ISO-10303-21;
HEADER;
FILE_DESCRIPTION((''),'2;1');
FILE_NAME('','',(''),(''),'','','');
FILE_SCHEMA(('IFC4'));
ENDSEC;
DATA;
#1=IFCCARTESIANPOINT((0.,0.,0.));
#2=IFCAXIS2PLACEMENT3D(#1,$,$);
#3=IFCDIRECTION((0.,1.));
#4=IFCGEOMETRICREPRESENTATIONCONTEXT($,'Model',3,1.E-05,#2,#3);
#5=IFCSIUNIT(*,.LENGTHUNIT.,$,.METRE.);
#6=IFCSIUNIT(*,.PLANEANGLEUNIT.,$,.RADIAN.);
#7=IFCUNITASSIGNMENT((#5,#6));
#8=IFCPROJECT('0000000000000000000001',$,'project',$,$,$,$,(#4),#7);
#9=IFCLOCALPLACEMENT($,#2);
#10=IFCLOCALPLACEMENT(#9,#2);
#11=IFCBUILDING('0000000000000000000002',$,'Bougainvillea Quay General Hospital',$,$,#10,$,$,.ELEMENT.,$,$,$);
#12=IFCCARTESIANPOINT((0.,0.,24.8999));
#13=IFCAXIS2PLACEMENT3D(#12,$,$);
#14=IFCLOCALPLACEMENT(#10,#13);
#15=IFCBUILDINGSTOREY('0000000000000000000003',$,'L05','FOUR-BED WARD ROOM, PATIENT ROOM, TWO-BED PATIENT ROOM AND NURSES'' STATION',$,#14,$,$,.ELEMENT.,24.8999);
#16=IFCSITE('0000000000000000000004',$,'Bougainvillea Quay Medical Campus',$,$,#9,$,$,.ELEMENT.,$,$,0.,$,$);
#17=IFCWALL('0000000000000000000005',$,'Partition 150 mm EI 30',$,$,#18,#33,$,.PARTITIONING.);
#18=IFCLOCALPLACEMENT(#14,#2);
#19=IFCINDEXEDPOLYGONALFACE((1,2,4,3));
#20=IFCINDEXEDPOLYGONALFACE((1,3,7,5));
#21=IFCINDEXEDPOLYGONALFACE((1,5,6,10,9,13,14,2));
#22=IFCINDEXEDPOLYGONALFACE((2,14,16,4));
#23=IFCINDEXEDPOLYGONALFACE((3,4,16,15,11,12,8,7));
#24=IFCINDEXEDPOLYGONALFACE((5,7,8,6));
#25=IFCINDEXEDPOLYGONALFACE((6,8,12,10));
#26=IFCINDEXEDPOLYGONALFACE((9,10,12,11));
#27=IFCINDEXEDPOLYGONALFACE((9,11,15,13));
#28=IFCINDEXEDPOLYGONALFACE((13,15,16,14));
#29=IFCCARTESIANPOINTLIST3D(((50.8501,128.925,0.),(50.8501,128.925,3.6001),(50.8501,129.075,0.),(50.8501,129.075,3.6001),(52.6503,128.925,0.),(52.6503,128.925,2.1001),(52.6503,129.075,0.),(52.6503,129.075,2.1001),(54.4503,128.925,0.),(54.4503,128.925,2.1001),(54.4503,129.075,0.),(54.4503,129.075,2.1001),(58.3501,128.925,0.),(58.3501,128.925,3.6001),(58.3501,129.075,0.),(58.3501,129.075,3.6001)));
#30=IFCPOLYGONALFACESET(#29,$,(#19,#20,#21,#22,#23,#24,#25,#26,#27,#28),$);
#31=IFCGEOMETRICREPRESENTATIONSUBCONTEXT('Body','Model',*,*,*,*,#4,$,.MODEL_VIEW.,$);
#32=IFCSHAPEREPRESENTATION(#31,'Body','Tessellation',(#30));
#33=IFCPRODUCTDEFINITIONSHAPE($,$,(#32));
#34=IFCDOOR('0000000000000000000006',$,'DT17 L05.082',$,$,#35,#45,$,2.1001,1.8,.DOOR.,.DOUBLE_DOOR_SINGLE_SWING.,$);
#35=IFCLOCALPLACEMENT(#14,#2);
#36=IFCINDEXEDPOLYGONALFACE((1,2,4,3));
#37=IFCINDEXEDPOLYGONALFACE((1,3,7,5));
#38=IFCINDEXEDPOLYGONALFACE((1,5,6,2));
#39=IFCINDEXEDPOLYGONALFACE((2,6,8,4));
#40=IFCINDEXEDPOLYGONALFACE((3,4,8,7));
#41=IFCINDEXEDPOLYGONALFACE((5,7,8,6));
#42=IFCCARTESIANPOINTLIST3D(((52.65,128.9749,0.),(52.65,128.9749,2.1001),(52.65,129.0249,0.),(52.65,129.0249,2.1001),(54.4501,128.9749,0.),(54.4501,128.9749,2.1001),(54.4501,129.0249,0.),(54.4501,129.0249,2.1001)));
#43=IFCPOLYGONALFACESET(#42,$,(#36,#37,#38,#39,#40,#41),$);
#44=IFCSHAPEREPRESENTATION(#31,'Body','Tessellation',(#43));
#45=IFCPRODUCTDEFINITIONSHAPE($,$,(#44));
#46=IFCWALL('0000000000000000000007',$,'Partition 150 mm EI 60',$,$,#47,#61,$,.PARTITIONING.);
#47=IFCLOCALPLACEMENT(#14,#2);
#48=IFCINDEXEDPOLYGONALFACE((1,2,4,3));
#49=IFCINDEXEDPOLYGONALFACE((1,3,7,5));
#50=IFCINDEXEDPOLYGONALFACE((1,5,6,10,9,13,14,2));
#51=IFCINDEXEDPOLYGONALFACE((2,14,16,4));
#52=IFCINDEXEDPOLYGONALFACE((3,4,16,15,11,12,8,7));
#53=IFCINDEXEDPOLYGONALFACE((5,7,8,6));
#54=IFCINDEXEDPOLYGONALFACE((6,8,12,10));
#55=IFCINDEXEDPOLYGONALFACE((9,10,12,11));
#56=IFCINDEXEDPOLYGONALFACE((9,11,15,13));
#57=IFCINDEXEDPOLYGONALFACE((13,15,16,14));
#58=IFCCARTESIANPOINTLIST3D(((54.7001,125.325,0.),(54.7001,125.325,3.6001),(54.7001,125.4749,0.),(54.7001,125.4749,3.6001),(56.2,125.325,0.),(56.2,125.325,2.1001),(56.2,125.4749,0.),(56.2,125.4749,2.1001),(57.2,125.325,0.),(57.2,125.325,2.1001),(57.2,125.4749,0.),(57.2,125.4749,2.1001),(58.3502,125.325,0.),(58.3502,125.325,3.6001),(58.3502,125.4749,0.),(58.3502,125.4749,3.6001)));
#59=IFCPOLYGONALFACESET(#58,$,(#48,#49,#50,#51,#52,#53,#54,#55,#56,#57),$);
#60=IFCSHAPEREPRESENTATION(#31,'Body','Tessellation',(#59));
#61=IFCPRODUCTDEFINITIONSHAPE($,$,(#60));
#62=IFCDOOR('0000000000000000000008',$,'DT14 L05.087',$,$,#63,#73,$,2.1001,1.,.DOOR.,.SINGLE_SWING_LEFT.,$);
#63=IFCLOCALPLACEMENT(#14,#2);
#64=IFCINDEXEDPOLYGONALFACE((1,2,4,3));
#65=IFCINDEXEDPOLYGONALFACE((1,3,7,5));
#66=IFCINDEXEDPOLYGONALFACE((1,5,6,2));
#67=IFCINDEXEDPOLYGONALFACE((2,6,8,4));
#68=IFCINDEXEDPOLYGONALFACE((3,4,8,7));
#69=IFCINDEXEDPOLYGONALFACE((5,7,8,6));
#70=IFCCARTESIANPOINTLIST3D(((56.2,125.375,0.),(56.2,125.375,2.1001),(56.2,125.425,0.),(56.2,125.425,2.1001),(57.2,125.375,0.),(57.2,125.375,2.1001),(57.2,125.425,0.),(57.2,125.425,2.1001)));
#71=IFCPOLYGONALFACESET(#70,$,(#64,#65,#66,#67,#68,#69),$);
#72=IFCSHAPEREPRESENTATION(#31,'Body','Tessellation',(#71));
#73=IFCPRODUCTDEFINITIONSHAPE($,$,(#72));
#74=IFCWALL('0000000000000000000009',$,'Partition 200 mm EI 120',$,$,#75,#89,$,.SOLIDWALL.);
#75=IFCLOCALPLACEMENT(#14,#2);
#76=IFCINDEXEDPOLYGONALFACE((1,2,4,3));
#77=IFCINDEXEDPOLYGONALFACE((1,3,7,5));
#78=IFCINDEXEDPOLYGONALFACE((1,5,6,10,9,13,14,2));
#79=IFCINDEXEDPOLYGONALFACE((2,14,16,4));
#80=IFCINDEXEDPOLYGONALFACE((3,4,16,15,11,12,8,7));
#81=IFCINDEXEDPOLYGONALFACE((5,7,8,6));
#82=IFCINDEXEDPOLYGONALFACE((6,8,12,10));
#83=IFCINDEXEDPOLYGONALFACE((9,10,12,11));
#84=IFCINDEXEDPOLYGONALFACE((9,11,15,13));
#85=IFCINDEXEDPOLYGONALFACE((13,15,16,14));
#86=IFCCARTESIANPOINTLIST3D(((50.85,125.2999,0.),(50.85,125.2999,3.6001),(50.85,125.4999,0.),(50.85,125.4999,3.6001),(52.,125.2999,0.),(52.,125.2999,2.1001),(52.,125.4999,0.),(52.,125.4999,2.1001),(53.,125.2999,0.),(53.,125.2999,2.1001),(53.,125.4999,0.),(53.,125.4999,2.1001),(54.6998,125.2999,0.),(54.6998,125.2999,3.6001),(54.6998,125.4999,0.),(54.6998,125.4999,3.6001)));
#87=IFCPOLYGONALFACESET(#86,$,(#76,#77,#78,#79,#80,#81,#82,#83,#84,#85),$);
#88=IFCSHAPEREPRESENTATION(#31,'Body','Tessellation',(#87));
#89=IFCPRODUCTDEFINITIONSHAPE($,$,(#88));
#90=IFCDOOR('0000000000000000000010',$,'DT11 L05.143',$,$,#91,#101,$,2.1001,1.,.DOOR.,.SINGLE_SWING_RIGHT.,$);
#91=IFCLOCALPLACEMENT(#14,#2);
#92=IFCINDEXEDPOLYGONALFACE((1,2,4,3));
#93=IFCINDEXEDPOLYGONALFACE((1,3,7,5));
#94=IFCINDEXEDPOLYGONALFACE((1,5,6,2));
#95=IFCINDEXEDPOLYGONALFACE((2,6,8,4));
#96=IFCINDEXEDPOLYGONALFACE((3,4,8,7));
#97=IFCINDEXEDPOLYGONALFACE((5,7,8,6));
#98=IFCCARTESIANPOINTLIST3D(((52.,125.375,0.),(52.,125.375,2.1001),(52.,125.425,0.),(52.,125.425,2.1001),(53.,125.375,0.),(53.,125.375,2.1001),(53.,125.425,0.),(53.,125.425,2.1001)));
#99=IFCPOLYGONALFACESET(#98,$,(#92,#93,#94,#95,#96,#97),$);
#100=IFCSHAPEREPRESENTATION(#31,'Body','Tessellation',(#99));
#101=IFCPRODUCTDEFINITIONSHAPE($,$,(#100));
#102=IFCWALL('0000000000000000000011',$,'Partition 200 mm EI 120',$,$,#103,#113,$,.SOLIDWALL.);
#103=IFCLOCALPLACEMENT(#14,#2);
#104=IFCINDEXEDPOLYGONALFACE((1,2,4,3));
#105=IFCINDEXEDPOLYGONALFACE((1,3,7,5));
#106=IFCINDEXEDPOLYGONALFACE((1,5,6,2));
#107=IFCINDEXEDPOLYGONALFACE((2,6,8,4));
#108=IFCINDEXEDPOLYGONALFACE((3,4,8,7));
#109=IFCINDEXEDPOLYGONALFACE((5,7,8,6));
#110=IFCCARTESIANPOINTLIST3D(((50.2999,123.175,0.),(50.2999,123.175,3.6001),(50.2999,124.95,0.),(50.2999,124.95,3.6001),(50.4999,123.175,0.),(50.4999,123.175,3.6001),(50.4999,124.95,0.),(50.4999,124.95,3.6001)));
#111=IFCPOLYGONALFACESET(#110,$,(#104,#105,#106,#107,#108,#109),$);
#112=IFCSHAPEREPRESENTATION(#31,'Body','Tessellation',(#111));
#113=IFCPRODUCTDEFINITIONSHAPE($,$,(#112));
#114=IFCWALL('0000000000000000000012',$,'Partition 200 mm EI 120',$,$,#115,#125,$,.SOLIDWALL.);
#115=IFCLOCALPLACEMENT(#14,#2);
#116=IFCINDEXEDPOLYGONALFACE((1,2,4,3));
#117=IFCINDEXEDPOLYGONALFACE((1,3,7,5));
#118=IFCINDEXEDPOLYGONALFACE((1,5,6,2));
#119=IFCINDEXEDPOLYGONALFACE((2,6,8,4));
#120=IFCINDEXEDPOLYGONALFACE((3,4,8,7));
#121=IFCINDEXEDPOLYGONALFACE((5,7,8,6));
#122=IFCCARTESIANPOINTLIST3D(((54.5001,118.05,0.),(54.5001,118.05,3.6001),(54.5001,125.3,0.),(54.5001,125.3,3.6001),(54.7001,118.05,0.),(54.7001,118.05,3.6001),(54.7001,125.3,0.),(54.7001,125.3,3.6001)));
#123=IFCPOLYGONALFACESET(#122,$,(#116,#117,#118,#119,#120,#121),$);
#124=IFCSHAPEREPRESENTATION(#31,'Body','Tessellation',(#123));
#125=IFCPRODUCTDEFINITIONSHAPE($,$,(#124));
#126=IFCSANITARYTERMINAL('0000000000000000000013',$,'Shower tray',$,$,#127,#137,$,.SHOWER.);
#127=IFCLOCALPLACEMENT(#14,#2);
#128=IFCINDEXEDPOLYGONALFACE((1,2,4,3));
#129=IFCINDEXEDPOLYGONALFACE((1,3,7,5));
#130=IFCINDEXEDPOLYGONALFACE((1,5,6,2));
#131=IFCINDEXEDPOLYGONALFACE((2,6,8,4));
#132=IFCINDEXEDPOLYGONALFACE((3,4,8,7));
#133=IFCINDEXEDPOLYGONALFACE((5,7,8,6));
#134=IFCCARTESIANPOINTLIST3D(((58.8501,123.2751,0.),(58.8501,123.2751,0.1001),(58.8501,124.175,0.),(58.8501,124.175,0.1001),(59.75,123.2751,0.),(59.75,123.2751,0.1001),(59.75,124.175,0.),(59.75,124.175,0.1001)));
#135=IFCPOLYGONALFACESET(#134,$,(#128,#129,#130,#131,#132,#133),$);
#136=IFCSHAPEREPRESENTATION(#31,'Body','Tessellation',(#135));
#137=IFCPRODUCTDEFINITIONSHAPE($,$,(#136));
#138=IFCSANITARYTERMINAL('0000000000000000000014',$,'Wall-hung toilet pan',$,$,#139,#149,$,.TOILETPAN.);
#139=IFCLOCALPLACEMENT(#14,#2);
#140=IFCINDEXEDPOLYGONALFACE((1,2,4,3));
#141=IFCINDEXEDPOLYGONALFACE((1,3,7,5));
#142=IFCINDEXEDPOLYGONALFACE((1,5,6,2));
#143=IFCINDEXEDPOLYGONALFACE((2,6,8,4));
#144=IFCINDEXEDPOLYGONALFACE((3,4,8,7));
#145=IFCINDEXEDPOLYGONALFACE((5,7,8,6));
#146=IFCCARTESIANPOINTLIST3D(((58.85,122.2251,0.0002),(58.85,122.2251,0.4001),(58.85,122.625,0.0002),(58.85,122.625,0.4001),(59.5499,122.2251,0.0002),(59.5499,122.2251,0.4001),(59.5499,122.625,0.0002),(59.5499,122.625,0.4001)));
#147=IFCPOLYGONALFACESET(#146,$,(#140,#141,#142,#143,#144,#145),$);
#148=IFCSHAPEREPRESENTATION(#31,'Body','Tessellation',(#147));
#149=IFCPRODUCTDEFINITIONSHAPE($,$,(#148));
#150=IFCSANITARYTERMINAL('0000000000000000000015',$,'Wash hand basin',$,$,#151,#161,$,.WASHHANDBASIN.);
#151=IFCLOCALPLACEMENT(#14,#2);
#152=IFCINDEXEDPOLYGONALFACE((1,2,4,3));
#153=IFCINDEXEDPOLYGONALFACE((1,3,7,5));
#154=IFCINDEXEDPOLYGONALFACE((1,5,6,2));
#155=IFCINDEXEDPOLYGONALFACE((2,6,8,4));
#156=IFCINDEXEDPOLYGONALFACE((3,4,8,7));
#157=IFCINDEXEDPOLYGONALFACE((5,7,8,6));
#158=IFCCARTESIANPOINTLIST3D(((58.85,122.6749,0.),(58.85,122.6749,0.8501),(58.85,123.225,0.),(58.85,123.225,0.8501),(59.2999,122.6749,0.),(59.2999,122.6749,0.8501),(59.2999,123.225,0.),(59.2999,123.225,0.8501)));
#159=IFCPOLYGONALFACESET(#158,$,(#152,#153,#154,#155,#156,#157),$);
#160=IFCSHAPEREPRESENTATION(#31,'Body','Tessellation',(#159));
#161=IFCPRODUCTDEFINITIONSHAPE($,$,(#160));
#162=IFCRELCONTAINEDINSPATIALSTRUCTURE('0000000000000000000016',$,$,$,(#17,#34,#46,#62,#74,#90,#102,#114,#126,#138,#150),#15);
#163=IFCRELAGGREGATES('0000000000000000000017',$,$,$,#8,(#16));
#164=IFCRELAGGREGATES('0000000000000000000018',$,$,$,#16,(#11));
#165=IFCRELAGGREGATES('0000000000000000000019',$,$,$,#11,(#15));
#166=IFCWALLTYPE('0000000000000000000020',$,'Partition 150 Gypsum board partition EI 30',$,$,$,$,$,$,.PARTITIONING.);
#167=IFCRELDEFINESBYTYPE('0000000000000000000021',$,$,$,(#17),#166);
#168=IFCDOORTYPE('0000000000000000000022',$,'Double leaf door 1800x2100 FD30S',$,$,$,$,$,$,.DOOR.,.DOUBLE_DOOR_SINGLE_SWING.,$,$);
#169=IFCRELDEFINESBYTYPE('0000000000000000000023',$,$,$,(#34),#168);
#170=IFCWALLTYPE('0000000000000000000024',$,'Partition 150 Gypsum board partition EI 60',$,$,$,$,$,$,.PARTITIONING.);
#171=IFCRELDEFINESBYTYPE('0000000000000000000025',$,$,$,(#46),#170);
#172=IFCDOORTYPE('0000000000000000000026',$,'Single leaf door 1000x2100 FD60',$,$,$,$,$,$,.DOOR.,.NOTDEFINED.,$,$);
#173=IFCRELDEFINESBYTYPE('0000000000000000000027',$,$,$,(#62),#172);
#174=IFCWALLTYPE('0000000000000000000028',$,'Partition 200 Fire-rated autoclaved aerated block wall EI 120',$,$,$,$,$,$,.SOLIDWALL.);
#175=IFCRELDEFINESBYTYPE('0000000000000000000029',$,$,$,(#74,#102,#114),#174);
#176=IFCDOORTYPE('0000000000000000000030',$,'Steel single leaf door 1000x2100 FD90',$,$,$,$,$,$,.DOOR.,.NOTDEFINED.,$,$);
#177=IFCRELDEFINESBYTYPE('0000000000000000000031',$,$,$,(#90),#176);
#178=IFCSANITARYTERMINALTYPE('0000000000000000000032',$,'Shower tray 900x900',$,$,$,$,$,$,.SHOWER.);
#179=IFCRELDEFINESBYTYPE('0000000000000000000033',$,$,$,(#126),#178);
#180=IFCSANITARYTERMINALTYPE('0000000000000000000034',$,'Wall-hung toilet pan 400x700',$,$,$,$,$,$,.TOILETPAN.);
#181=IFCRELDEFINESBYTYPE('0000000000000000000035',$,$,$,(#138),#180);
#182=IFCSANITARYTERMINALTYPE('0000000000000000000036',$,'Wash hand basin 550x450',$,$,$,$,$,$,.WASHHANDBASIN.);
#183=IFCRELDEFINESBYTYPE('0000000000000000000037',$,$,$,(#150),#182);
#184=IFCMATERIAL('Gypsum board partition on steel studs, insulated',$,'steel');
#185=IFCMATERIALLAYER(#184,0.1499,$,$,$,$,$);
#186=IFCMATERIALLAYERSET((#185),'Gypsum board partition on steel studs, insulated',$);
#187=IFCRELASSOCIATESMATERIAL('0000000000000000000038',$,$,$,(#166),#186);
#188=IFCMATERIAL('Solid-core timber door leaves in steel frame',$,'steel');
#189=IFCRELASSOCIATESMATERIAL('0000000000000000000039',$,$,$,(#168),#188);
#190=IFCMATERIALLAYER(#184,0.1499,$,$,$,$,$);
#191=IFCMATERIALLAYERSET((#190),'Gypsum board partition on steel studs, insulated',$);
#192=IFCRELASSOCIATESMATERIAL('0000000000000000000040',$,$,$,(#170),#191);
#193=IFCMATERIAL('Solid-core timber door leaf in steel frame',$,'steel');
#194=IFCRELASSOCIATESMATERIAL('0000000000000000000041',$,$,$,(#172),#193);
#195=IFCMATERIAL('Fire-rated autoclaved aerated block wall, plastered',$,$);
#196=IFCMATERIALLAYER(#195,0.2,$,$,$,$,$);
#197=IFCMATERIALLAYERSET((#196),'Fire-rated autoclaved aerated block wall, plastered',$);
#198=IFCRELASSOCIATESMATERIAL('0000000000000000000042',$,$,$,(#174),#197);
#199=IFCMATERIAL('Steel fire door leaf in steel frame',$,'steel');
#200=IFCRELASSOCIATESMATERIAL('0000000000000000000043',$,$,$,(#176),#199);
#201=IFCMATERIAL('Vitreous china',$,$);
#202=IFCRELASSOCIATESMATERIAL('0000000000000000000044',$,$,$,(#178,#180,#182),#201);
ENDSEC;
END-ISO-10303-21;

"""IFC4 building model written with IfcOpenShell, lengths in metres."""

from ifc_helpers import new_model, si_unit, direction, frame, frame_2d, origin, origin_2d, place, context, subcontext, project, spatial, rectangle, extrude, material, layer, layer_set, type_object, element, fill, save


model = new_model("IFC4")

# Units and contexts
model_context = context("Model", 3, precision=1e-05, world=origin(), true_north=direction((0.0, 1.0)))
body_context = subcontext(model_context, "Body", "Model", "MODEL_VIEW")
ifc_project = project(units=[si_unit("LENGTHUNIT", "METRE"), si_unit("PLANEANGLEUNIT", "RADIAN")], contexts=[model_context])

# Site, building, storey
site_placement = place(None, origin())
site = spatial("IfcSite", under=ifc_project, at=site_placement, Name="Bougainvillea Quay Medical Campus", CompositionType="ELEMENT", RefElevation=0.0)
building_placement = place(site_placement, origin())
building = spatial("IfcBuilding", under=site, at=building_placement, Name="Bougainvillea Quay General Hospital", CompositionType="ELEMENT")
storey_placement = place(building_placement, frame((0.0, 0.0, 24.8999)))
storey = spatial("IfcBuildingStorey", under=building, at=storey_placement, Name="L05", Description="FOUR-BED WARD ROOM, PATIENT ROOM, TWO-BED PATIENT ROOM AND NURSES' STATION", CompositionType="ELEMENT", Elevation=24.8999)

# Shared definitions
ifc_material_1 = material(Name="Gypsum board partition on steel studs, insulated", Category="steel")

# Walls, openings, doors
ifc_layer_1 = layer(ifc_material_1, 0.1499)
ifc_layer_set_1 = layer_set([ifc_layer_1], Name="Gypsum board partition on steel studs, insulated")
wall_type_1 = type_object("IfcWallType", Name="Partition 150 Gypsum board partition EI 30", PredefinedType="PARTITIONING", material=ifc_layer_set_1)
wall_1_placement = place(storey_placement, frame((58.3501, 129.0, 0.0), z_axis=(0.0, 0.0, 1.0), x_axis=(-1.0, 0.0, 0.0)))
wall_1 = element("IfcWall", 1, at=wall_1_placement, inside=storey, type_object=wall_type_1, Name="Partition 150 mm EI 30", PredefinedType="PARTITIONING", context=body_context, shape_type="SweptSolid", body=[
    extrude(rectangle(XDim=7.5, YDim=0.1499, at=frame_2d((3.75, 0.0))), origin(), (0.0, 0.0, 1.0), 3.6001),
])
opening_1_placement = place(wall_1_placement, frame((3.8999, 0.0, 0.0)))
opening_1 = element("IfcOpeningElement", 2, at=opening_1_placement, cuts=wall_1, PredefinedType="OPENING", context=body_context, shape_type="SweptSolid", body=[
    extrude(rectangle(XDim=1.8, YDim=2.1001, at=frame_2d((0.8999, 1.05))), frame((0.0, 0.085, 0.0), z_axis=(0.0, -1.0, 0.0), x_axis=(1.0, 0.0, 0.0)), (0.0, 0.0, 1.0), 0.1699),
])
ifc_material_2 = material(Name="Solid-core timber door leaves in steel frame", Category="steel")
door_type_1 = type_object("IfcDoorType", Name="Double leaf door 1800x2100 FD30S", OperationType="DOUBLE_DOOR_SINGLE_SWING", PredefinedType="DOOR", material=ifc_material_2)
door_1_placement = place(opening_1_placement, frame((1.8, 0.0, 0.0), z_axis=(0.0, 0.0, 1.0), x_axis=(-1.0, 0.0, 0.0)))
door_1 = element("IfcDoor", 3, at=door_1_placement, inside=storey, type_object=door_type_1, Name="DT17 L05.082", OperationType="DOUBLE_DOOR_SINGLE_SWING", OverallHeight=2.1001, OverallWidth=1.8, PredefinedType="DOOR", context=body_context, shape_type="SweptSolid", body=[
    extrude(rectangle(XDim=1.8, YDim=2.1001, at=frame_2d((0.8999, 1.05))), frame((0.0, 0.0249, 0.0), z_axis=(0.0, -1.0, 0.0), x_axis=(1.0, 0.0, 0.0)), (0.0, 0.0, 1.0), 0.05),
])
fill(opening_1, door_1)
ifc_layer_2 = layer(ifc_material_1, 0.1499)
ifc_layer_set_2 = layer_set([ifc_layer_2], Name="Gypsum board partition on steel studs, insulated")
wall_type_2 = type_object("IfcWallType", Name="Partition 150 Gypsum board partition EI 60", PredefinedType="PARTITIONING", material=ifc_layer_set_2)
wall_2_placement = place(storey_placement, frame((54.7, 125.3999, 0.0), z_axis=(0.0, 0.0, 1.0), x_axis=(1.0, 0.0, 0.0)))
wall_2 = element("IfcWall", 4, at=wall_2_placement, inside=storey, type_object=wall_type_2, Name="Partition 150 mm EI 60", PredefinedType="PARTITIONING", context=body_context, shape_type="SweptSolid", body=[
    extrude(rectangle(XDim=3.6501, YDim=0.1499, at=frame_2d((1.8252, 0.0))), origin(), (0.0, 0.0, 1.0), 3.6001),
])
opening_2_placement = place(wall_2_placement, frame((1.5, 0.0, 0.0)))
opening_2 = element("IfcOpeningElement", 5, at=opening_2_placement, cuts=wall_2, PredefinedType="OPENING", context=body_context, shape_type="SweptSolid", body=[
    extrude(rectangle(XDim=1.0, YDim=2.1001, at=frame_2d((0.5, 1.05))), frame((0.0, 0.085, 0.0), z_axis=(0.0, -1.0, 0.0), x_axis=(1.0, 0.0, 0.0)), (0.0, 0.0, 1.0), 0.1699),
])
ifc_material_3 = material(Name="Solid-core timber door leaf in steel frame", Category="steel")
door_type_2 = type_object("IfcDoorType", Name="Single leaf door 1000x2100 FD60", OperationType="NOTDEFINED", PredefinedType="DOOR", material=ifc_material_3)
door_2_placement = place(opening_2_placement, frame((1.0, 0.0, 0.0), z_axis=(0.0, 0.0, 1.0), x_axis=(-1.0, 0.0, 0.0)))
door_2 = element("IfcDoor", 6, at=door_2_placement, inside=storey, type_object=door_type_2, Name="DT14 L05.087", OperationType="SINGLE_SWING_LEFT", OverallHeight=2.1001, OverallWidth=1.0, PredefinedType="DOOR", context=body_context, shape_type="SweptSolid", body=[
    extrude(rectangle(XDim=1.0, YDim=2.1001, at=frame_2d((0.5, 1.05))), frame((0.0, 0.0249, 0.0), z_axis=(0.0, -1.0, 0.0), x_axis=(1.0, 0.0, 0.0)), (0.0, 0.0, 1.0), 0.05),
])
fill(opening_2, door_2)
ifc_material_4 = material(Name="Fire-rated autoclaved aerated block wall, plastered")
ifc_layer_3 = layer(ifc_material_4, 0.2)
ifc_layer_set_3 = layer_set([ifc_layer_3], Name="Fire-rated autoclaved aerated block wall, plastered")
wall_type_3 = type_object("IfcWallType", Name="Partition 200 Fire-rated autoclaved aerated block wall EI 120", PredefinedType="SOLIDWALL", material=ifc_layer_set_3)
wall_3_placement = place(storey_placement, frame((50.8501, 125.3999, 0.0), z_axis=(0.0, 0.0, 1.0), x_axis=(1.0, 0.0, 0.0)))
wall_3 = element("IfcWall", 7, at=wall_3_placement, inside=storey, type_object=wall_type_3, Name="Partition 200 mm EI 120", PredefinedType="SOLIDWALL", context=body_context, shape_type="SweptSolid", body=[
    extrude(rectangle(XDim=3.8499, YDim=0.2, at=frame_2d((1.9248, 0.0))), origin(), (0.0, 0.0, 1.0), 3.6001),
])
opening_3_placement = place(wall_3_placement, frame((1.1499, 0.0, 0.0)))
opening_3 = element("IfcOpeningElement", 8, at=opening_3_placement, cuts=wall_3, PredefinedType="OPENING", context=body_context, shape_type="SweptSolid", body=[
    extrude(rectangle(XDim=1.0, YDim=2.1001, at=frame_2d((0.5, 1.05))), frame((0.0, 0.1099, 0.0), z_axis=(0.0, -1.0, 0.0), x_axis=(1.0, 0.0, 0.0)), (0.0, 0.0, 1.0), 0.22),
])
ifc_material_5 = material(Name="Steel fire door leaf in steel frame", Category="steel")
door_type_3 = type_object("IfcDoorType", Name="Steel single leaf door 1000x2100 FD90", OperationType="NOTDEFINED", PredefinedType="DOOR", material=ifc_material_5)
door_3_placement = place(opening_3_placement, frame((1.0, 0.0, 0.0), z_axis=(0.0, 0.0, 1.0), x_axis=(-1.0, 0.0, 0.0)))
door_3 = element("IfcDoor", 9, at=door_3_placement, inside=storey, type_object=door_type_3, Name="DT11 L05.143", OperationType="SINGLE_SWING_RIGHT", OverallHeight=2.1001, OverallWidth=1.0, PredefinedType="DOOR", context=body_context, shape_type="SweptSolid", body=[
    extrude(rectangle(XDim=1.0, YDim=2.1001, at=frame_2d((0.5, 1.05))), frame((0.0, 0.0249, 0.0), z_axis=(0.0, -1.0, 0.0), x_axis=(1.0, 0.0, 0.0)), (0.0, 0.0, 1.0), 0.05),
])
fill(opening_3, door_3)

# Walls
wall_4_placement = place(storey_placement, frame((50.3999, 123.175, 0.0), z_axis=(0.0, 0.0, 1.0), x_axis=(0.0, 1.0, 0.0)))
element("IfcWall", 10, at=wall_4_placement, inside=storey, type_object=wall_type_3, Name="Partition 200 mm EI 120", PredefinedType="SOLIDWALL", context=body_context, shape_type="SweptSolid", body=[
    extrude(rectangle(XDim=1.7749, YDim=0.2, at=frame_2d((0.8875, 0.0))), origin(), (0.0, 0.0, 1.0), 3.6001),
])
wall_5_placement = place(storey_placement, frame((54.6001, 118.05, 0.0), z_axis=(0.0, 0.0, 1.0), x_axis=(0.0, 1.0, 0.0)))
element("IfcWall", 11, at=wall_5_placement, inside=storey, type_object=wall_type_3, Name="Partition 200 mm EI 120", PredefinedType="SOLIDWALL", context=body_context, shape_type="SweptSolid", body=[
    extrude(rectangle(XDim=7.25, YDim=0.2, at=frame_2d((3.625, 0.0))), origin(), (0.0, 0.0, 1.0), 3.6001),
])

# Sanitary terminals
ifc_material_6 = material(Name="Vitreous china")
sanitary_terminal_type_1 = type_object("IfcSanitaryTerminalType", Name="Shower tray 900x900", PredefinedType="SHOWER", material=ifc_material_6)
sanitary_terminal_1_placement = place(storey_placement, frame((59.3, 123.7251, 0.0), z_axis=(0.0, 0.0, 1.0), x_axis=(0.0, 1.0, 0.0)))
element("IfcSanitaryTerminal", 12, at=sanitary_terminal_1_placement, inside=storey, type_object=sanitary_terminal_type_1, Name="Shower tray", PredefinedType="SHOWER", context=body_context, shape_type="SweptSolid", body=[
    extrude(rectangle(XDim=0.8999, YDim=0.8999, at=origin_2d()), origin(), (0.0, 0.0, 1.0), 0.1001),
])
sanitary_terminal_type_2 = type_object("IfcSanitaryTerminalType", Name="Wall-hung toilet pan 400x700", PredefinedType="TOILETPAN", material=ifc_material_6)
sanitary_terminal_2_placement = place(storey_placement, frame((59.2, 122.425, 0.0002), z_axis=(0.0, 0.0, 1.0), x_axis=(0.0, 1.0, 0.0)))
element("IfcSanitaryTerminal", 13, at=sanitary_terminal_2_placement, inside=storey, type_object=sanitary_terminal_type_2, Name="Wall-hung toilet pan", PredefinedType="TOILETPAN", context=body_context, shape_type="SweptSolid", body=[
    extrude(rectangle(XDim=0.3999, YDim=0.7, at=origin_2d()), origin(), (0.0, 0.0, 1.0), 0.3999),
])
sanitary_terminal_type_3 = type_object("IfcSanitaryTerminalType", Name="Wash hand basin 550x450", PredefinedType="WASHHANDBASIN", material=ifc_material_6)
sanitary_terminal_3_placement = place(storey_placement, frame((59.075, 122.95, 0.0), z_axis=(0.0, 0.0, 1.0), x_axis=(0.0, 1.0, 0.0)))
element("IfcSanitaryTerminal", 14, at=sanitary_terminal_3_placement, inside=storey, type_object=sanitary_terminal_type_3, Name="Wash hand basin", PredefinedType="WASHHANDBASIN", context=body_context, shape_type="SweptSolid", body=[
    extrude(rectangle(XDim=0.55, YDim=0.45, at=origin_2d()), origin(), (0.0, 0.0, 1.0), 0.8501),
])

save(model, "model.ifc")
